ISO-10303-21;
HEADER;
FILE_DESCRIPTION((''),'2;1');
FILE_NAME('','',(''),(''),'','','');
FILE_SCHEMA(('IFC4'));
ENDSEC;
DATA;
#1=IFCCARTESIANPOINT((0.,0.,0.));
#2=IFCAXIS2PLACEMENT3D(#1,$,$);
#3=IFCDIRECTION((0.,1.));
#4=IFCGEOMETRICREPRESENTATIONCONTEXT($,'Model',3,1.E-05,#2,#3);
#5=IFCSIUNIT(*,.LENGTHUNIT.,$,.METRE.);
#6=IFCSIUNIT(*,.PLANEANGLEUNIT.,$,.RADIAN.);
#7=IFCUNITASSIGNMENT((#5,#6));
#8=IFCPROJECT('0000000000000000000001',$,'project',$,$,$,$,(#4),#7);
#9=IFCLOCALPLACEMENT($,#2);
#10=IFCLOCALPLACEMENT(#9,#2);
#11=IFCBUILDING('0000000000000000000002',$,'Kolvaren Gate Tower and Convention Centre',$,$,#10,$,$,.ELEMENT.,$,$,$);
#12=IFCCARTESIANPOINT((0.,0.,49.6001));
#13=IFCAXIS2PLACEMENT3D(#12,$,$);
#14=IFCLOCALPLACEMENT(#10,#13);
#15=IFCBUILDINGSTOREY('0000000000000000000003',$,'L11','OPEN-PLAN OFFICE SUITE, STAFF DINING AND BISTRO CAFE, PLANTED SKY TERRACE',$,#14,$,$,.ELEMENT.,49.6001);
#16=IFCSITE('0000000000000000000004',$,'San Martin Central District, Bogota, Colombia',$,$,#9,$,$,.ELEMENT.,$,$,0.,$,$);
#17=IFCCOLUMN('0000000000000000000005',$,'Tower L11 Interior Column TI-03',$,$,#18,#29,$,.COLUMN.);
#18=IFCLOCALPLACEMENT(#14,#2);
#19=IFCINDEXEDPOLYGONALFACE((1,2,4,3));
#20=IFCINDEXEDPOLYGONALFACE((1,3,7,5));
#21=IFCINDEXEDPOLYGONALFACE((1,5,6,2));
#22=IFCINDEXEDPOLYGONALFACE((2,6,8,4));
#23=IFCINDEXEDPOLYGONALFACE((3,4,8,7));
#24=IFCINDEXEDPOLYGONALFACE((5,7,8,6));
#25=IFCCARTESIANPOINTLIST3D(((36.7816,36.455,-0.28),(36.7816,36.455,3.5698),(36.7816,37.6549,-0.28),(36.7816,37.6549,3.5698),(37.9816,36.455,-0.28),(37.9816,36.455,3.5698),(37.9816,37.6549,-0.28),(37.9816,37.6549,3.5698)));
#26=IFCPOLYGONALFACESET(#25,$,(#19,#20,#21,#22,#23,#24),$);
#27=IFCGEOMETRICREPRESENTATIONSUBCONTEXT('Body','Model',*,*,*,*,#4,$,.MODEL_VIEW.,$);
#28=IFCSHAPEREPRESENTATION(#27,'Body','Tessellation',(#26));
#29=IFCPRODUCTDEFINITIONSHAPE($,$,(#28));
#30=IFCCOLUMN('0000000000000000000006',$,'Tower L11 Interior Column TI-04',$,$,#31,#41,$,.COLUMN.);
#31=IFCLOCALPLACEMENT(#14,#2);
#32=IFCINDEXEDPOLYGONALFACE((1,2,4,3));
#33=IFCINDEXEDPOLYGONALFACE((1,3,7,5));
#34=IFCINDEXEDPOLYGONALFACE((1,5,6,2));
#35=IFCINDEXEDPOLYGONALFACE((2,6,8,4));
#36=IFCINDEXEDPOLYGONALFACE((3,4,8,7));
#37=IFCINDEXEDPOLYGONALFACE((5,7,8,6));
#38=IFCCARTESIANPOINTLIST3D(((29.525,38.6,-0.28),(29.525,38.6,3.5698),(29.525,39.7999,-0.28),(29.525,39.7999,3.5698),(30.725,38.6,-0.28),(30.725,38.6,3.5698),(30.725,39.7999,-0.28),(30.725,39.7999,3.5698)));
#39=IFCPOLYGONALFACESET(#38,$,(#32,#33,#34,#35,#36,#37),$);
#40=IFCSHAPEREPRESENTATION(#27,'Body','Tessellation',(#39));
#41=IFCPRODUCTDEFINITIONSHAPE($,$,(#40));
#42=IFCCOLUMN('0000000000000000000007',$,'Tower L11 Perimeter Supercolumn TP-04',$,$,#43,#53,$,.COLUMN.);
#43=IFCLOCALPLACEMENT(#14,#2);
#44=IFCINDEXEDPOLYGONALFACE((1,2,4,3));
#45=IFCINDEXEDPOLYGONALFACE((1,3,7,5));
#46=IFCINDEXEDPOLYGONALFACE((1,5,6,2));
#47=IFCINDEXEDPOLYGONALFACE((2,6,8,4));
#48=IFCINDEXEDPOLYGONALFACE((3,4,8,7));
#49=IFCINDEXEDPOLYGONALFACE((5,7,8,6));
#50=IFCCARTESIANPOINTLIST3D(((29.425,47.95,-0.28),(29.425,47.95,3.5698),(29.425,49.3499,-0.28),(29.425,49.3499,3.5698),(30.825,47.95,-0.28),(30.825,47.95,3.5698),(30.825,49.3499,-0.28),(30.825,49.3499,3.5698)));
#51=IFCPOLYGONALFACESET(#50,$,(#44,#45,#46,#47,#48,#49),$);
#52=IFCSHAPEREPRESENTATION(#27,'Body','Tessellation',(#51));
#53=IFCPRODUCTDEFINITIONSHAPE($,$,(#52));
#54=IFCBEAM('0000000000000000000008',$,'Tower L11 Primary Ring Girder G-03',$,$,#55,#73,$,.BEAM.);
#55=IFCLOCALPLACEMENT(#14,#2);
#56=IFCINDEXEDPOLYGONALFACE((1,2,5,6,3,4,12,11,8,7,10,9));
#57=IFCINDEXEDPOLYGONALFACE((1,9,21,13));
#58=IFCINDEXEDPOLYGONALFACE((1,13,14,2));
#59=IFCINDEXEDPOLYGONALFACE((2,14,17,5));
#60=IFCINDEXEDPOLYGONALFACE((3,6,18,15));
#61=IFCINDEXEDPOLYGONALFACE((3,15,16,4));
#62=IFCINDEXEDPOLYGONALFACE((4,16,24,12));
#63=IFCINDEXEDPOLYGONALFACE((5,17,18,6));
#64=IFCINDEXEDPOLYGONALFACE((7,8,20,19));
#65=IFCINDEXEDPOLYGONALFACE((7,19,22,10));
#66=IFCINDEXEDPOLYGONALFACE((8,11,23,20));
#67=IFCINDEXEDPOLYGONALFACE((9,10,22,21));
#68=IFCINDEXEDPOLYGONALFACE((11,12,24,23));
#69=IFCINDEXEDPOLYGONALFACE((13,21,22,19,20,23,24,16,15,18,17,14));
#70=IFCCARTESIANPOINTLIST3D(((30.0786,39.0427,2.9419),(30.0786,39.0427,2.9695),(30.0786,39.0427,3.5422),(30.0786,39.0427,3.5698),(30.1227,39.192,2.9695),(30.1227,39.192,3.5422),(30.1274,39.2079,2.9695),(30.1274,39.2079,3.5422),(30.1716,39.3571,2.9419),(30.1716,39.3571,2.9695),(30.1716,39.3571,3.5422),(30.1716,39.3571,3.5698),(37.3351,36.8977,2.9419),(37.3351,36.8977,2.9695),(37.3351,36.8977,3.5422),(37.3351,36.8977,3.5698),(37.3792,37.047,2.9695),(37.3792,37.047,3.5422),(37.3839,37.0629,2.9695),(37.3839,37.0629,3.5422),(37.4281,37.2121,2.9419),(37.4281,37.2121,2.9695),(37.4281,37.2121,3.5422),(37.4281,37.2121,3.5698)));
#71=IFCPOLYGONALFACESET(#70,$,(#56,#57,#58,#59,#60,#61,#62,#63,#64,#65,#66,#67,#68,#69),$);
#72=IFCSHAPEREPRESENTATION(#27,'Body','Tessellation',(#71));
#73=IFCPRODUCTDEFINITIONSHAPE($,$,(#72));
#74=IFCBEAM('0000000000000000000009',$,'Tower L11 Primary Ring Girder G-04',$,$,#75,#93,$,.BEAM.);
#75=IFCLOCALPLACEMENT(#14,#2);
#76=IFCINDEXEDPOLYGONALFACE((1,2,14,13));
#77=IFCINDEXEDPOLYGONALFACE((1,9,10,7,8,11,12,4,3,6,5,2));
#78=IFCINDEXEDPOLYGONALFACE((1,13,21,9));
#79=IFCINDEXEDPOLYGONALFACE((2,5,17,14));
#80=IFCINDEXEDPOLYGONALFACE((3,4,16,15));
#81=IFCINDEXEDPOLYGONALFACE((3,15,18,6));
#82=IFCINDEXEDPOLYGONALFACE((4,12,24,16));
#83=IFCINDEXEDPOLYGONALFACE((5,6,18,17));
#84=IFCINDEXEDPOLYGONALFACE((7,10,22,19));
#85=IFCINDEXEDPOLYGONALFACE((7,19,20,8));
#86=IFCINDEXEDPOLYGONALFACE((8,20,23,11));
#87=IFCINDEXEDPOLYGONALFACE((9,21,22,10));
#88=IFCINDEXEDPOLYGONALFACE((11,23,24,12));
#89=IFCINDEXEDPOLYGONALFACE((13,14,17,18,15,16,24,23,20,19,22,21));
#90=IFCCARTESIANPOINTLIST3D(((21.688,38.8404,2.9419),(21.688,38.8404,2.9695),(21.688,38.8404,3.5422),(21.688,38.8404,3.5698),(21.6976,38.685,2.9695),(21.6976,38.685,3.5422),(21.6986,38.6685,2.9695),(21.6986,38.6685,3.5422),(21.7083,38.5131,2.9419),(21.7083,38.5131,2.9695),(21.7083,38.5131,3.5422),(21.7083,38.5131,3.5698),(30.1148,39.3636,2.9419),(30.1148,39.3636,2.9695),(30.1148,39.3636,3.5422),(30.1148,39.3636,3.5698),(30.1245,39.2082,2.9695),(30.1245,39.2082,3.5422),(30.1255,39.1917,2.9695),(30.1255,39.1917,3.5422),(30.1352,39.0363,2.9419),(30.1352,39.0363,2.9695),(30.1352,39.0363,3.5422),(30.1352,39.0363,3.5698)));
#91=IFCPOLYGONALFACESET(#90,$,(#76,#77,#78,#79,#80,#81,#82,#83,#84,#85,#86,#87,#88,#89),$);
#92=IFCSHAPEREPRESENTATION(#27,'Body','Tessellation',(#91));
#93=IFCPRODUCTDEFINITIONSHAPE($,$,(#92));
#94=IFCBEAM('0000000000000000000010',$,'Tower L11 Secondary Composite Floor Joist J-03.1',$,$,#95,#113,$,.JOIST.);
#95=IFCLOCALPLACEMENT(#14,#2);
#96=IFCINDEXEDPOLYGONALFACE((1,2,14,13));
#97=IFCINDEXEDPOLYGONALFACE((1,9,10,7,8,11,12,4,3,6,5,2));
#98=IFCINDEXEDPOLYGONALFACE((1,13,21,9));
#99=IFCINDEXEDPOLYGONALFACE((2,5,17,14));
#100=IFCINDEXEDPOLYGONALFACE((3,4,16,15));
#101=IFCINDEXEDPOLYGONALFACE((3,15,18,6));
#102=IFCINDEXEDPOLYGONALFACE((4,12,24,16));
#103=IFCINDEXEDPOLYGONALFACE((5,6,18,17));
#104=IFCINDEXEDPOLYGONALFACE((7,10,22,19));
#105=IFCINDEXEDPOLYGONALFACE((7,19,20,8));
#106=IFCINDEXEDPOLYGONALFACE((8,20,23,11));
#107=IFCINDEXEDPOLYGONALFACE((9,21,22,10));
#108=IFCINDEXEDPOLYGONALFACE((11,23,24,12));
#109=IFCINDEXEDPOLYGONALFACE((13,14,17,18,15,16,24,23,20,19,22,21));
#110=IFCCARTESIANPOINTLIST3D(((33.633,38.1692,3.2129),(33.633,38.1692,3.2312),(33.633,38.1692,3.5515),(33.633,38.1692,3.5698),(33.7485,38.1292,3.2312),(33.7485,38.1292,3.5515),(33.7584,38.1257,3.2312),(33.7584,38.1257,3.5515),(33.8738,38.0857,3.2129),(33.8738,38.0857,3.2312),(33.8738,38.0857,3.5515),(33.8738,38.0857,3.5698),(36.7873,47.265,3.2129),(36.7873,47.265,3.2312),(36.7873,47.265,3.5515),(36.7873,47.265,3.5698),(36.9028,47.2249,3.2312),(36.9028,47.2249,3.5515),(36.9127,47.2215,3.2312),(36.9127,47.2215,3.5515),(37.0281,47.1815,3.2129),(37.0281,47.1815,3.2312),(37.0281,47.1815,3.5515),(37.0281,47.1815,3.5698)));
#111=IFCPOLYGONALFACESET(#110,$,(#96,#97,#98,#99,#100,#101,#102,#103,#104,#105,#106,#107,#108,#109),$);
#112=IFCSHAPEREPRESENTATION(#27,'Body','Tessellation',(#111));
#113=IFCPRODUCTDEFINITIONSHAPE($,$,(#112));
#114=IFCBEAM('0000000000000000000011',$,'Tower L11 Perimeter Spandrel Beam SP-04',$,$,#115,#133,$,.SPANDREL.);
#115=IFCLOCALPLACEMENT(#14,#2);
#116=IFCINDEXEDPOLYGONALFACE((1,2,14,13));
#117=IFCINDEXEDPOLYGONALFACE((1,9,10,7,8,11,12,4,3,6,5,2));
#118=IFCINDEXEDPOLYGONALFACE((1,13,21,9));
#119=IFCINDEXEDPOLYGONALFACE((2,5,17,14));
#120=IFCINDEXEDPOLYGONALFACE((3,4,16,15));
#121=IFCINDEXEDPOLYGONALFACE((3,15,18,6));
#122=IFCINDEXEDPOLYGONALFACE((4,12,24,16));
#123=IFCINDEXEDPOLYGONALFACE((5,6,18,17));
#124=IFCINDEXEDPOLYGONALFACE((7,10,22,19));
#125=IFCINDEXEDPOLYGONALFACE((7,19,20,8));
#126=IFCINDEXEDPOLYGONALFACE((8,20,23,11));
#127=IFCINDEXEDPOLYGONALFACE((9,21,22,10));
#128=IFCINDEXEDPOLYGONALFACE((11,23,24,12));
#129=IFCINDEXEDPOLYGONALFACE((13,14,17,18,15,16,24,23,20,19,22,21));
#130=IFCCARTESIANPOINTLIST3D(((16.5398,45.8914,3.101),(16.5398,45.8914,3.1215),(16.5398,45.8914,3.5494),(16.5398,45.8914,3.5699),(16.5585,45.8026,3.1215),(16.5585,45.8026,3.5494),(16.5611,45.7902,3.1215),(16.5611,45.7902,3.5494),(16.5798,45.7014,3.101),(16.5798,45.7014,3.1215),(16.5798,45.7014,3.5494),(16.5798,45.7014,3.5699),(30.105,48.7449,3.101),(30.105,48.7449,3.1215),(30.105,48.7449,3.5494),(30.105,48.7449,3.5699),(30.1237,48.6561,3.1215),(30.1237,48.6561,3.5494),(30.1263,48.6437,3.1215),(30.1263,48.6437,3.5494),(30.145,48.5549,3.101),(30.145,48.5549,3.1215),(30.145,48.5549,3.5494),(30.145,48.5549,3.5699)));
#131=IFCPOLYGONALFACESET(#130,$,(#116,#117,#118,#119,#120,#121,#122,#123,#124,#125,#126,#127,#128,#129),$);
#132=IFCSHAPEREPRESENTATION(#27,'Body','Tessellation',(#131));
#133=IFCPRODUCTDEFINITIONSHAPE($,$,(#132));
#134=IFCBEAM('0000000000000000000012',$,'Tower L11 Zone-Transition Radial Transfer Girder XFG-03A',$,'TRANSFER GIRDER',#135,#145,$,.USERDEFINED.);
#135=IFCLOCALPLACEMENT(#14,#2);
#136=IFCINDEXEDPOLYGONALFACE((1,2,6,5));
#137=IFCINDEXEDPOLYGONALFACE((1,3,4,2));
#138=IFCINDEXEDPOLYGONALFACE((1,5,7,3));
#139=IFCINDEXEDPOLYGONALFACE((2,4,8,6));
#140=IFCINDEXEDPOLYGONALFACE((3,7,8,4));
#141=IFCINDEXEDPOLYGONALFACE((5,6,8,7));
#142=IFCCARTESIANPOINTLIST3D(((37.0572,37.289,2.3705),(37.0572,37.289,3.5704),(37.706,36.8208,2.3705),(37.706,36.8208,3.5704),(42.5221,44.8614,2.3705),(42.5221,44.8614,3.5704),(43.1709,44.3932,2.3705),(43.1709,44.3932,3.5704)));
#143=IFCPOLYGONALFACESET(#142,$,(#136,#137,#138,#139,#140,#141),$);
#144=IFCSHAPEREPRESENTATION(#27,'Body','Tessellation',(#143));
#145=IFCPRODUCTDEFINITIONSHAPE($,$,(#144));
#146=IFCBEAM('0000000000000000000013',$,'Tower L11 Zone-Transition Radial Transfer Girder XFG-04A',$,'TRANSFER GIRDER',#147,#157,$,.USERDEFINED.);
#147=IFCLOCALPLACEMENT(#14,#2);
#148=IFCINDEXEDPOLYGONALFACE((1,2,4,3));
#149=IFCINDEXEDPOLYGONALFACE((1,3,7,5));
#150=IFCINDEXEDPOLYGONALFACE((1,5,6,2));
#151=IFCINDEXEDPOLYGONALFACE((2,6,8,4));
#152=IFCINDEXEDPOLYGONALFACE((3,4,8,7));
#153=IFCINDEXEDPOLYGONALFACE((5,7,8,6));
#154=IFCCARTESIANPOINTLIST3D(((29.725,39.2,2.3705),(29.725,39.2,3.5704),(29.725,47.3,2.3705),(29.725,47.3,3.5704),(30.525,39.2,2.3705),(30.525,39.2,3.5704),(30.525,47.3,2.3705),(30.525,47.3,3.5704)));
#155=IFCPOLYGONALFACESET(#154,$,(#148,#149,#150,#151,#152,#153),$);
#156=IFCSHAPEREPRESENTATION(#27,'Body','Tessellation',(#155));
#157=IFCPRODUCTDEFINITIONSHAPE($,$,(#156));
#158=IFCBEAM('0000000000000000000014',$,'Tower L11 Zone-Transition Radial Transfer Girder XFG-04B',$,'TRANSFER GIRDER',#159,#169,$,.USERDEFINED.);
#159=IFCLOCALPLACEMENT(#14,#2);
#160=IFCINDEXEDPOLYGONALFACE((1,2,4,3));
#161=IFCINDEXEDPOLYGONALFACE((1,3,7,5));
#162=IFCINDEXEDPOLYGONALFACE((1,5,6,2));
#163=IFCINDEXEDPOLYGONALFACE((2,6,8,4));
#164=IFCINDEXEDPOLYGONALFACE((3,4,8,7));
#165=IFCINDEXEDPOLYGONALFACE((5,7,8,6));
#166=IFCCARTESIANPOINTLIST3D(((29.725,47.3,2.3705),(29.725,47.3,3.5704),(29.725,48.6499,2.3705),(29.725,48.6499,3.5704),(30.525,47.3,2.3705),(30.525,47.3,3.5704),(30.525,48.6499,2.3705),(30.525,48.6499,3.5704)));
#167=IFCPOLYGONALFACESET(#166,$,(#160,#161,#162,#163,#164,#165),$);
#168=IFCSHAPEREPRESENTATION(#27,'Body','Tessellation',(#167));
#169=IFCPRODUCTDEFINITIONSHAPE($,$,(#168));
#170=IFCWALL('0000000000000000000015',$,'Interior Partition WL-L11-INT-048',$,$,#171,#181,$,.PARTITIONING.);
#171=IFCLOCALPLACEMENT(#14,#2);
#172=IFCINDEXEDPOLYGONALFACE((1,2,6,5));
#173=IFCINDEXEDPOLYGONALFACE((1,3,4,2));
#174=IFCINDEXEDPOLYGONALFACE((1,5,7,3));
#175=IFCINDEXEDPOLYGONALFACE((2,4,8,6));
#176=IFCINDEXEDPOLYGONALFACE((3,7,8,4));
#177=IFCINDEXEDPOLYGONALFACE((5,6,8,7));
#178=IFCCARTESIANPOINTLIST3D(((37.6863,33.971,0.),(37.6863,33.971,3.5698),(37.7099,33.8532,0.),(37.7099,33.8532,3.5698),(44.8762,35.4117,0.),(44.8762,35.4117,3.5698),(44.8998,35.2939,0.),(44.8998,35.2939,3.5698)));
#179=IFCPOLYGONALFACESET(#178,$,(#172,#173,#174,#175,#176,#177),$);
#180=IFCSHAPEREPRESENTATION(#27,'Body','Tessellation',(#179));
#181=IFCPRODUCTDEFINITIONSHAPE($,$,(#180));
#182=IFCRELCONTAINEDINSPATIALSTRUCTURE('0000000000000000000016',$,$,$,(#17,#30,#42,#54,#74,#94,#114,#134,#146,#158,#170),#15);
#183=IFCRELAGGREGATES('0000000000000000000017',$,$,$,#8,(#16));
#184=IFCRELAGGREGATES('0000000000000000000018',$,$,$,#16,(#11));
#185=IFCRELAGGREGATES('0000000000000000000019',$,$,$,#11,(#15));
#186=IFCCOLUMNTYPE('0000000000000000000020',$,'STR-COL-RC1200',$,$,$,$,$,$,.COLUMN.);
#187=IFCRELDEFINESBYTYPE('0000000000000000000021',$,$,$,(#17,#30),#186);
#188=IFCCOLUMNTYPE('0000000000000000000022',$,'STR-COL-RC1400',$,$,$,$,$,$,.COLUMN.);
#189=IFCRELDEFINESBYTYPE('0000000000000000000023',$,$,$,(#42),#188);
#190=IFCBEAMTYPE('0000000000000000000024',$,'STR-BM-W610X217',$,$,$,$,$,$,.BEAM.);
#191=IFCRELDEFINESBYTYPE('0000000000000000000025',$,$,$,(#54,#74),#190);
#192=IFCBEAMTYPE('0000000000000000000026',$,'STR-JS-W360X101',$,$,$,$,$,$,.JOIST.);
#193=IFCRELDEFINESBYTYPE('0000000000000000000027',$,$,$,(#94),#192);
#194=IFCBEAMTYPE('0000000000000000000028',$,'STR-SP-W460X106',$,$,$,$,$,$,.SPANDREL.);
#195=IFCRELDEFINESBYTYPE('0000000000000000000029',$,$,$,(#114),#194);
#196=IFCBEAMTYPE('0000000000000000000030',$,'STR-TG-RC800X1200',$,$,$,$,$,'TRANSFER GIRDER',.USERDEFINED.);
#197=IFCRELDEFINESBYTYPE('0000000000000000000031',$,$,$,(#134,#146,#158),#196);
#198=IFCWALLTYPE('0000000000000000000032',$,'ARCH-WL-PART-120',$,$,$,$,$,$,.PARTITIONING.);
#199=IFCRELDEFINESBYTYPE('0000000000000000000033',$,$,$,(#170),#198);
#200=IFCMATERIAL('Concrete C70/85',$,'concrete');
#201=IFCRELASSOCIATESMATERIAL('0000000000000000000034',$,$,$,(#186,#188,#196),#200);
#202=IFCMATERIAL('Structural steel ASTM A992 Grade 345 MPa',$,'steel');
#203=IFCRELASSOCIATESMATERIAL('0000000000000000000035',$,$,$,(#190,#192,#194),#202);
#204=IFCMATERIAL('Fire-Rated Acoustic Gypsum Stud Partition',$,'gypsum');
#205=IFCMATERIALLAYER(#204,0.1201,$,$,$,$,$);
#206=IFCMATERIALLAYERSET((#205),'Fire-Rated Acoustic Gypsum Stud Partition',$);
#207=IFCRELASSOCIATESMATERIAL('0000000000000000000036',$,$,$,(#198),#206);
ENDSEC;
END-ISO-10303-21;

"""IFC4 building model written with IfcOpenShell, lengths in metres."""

from ifc_helpers import new_model, si_unit, direction, frame, frame_2d, origin, origin_2d, place, context, subcontext, project, spatial, rectangle, i_section, extrude, material, layer, layer_set, material_profile, profile_set, type_object, element, save


model = new_model("IFC4")

# Units and contexts
model_context = context("Model", 3, precision=1e-05, world=origin(), true_north=direction((0.0, 1.0)))
body_context = subcontext(model_context, "Body", "Model", "MODEL_VIEW")
ifc_project = project(units=[si_unit("LENGTHUNIT", "METRE"), si_unit("PLANEANGLEUNIT", "RADIAN")], contexts=[model_context])

# Site, building, storey
site_placement = place(None, origin())
site = spatial("IfcSite", under=ifc_project, at=site_placement, Name="San Martin Central District, Bogota, Colombia", CompositionType="ELEMENT", RefElevation=0.0)
building_placement = place(site_placement, origin())
building = spatial("IfcBuilding", under=site, at=building_placement, Name="Kolvaren Gate Tower and Convention Centre", CompositionType="ELEMENT")
storey_placement = place(building_placement, frame((0.0, 0.0, 49.6001)))
storey = spatial("IfcBuildingStorey", under=building, at=storey_placement, Name="L11", Description="OPEN-PLAN OFFICE SUITE, STAFF DINING AND BISTRO CAFE, PLANTED SKY TERRACE", CompositionType="ELEMENT", Elevation=49.6001)

# Columns
ifc_material_1 = material(Name="Concrete C70/85", Category="concrete")
ifc_material_profile_1 = material_profile(ifc_material_1, rectangle(XDim=1.2, YDim=1.2, at=origin_2d()), Name="RC-COL-1200X1200")
ifc_profile_set_1 = profile_set([ifc_material_profile_1], Name="Concrete C70/85")
column_type_1 = type_object("IfcColumnType", Name="STR-COL-RC1200", PredefinedType="COLUMN", material=ifc_profile_set_1)
for number, where, z_axis, x_axis, name in (
    (1, (37.3816, 37.0549, -0.28), (0.0, 0.0, 1.0), (1.0, 0.0, 0.0), "Tower L11 Interior Column TI-03"),
    (2, (30.125, 39.2, -0.28), (0.0, 0.0, 1.0), (1.0, 0.0, 0.0), "Tower L11 Interior Column TI-04"),
):
    element("IfcColumn", number, at=place(storey_placement, frame(where, z_axis=z_axis, x_axis=x_axis)), inside=storey, type_object=column_type_1, Name=name, PredefinedType="COLUMN", context=body_context, shape_type="SweptSolid", body=[
        extrude(rectangle(XDim=1.2, YDim=1.2, at=origin_2d()), origin(), (0.0, 0.0, 1.0), 3.8499),
    ])
ifc_material_profile_2 = material_profile(ifc_material_1, rectangle(XDim=1.3999, YDim=1.3999, at=origin_2d()), Name="RC-COL-1400X1400")
ifc_profile_set_2 = profile_set([ifc_material_profile_2], Name="Concrete C70/85")
column_type_2 = type_object("IfcColumnType", Name="STR-COL-RC1400", PredefinedType="COLUMN", material=ifc_profile_set_2)
column_placement = place(storey_placement, frame((30.125, 48.6499, -0.28), z_axis=(0.0, 0.0, 1.0), x_axis=(1.0, 0.0, 0.0)))
element("IfcColumn", 3, at=column_placement, inside=storey, type_object=column_type_2, Name="Tower L11 Perimeter Supercolumn TP-04", PredefinedType="COLUMN", context=body_context, shape_type="SweptSolid", body=[
    extrude(rectangle(XDim=1.3999, YDim=1.3999, at=origin_2d()), origin(), (0.0, 0.0, 1.0), 3.8499),
])

# Beams
ifc_material_2 = material(Name="Structural steel ASTM A992 Grade 345 MPa", Category="steel")
ifc_material_profile_3 = material_profile(ifc_material_2, i_section(OverallWidth=0.3279, OverallDepth=0.6279, WebThickness=0.0166, FlangeThickness=0.0276, at=origin_2d()), Name="W610X217")
ifc_profile_set_3 = profile_set([ifc_material_profile_3], Name="Structural steel ASTM A992 Grade 345 MPa")
beam_type_1 = type_object("IfcBeamType", Name="STR-BM-W610X217", PredefinedType="BEAM", material=ifc_profile_set_3)
beam_1_placement = place(storey_placement, frame((37.3816, 37.0549, 3.2559), z_axis=(-0.958981, 0.283471, 0.0), x_axis=(-0.283471, -0.958981, 0.0)))
element("IfcBeam", 4, at=beam_1_placement, inside=storey, type_object=beam_type_1, Name="Tower L11 Primary Ring Girder G-03", PredefinedType="BEAM", context=body_context, shape_type="SweptSolid", body=[
    extrude(i_section(OverallWidth=0.3279, OverallDepth=0.6279, WebThickness=0.0166, FlangeThickness=0.0276, at=origin_2d()), origin(), (0.0, 0.0, 1.0), 7.5669),
])
beam_2_placement = place(storey_placement, frame((30.125, 39.2, 3.2559), z_axis=(-0.998078, -0.061966, 0.0), x_axis=(0.061966, -0.998078, 0.0)))
element("IfcBeam", 5, at=beam_2_placement, inside=storey, type_object=beam_type_1, Name="Tower L11 Primary Ring Girder G-04", PredefinedType="BEAM", context=body_context, shape_type="SweptSolid", body=[
    extrude(i_section(OverallWidth=0.3279, OverallDepth=0.6279, WebThickness=0.0166, FlangeThickness=0.0276, at=origin_2d()), origin(), (0.0, 0.0, 1.0), 8.4431),
])
ifc_material_profile_4 = material_profile(ifc_material_2, i_section(OverallWidth=0.2549, OverallDepth=0.3569, WebThickness=0.0105, FlangeThickness=0.0183, at=origin_2d()), Name="W360X101")
ifc_profile_set_4 = profile_set([ifc_material_profile_4], Name="Structural steel ASTM A992 Grade 345 MPa")
beam_type_2 = type_object("IfcBeamType", Name="STR-JS-W360X101", PredefinedType="JOIST", material=ifc_profile_set_4)
beam_3_placement = place(storey_placement, frame((33.7534, 38.1274, 3.3914), z_axis=(0.327647, 0.9448, 0.0), x_axis=(-0.9448, 0.327647, 0.0)))
element("IfcBeam", 6, at=beam_3_placement, inside=storey, type_object=beam_type_2, Name="Tower L11 Secondary Composite Floor Joist J-03.1", PredefinedType="JOIST", context=body_context, shape_type="SweptSolid", body=[
    extrude(i_section(OverallWidth=0.2549, OverallDepth=0.3569, WebThickness=0.0105, FlangeThickness=0.0183, at=origin_2d()), origin(), (0.0, 0.0, 1.0), 9.6272),
])
ifc_material_profile_5 = material_profile(ifc_material_2, i_section(OverallWidth=0.1941, OverallDepth=0.469, WebThickness=0.0127, FlangeThickness=0.0205, at=origin_2d()), Name="W460X106")
ifc_profile_set_5 = profile_set([ifc_material_profile_5], Name="Structural steel ASTM A992 Grade 345 MPa")
beam_type_3 = type_object("IfcBeamType", Name="STR-SP-W460X106", PredefinedType="SPANDREL", material=ifc_profile_set_5)
beam_4_placement = place(storey_placement, frame((30.125, 48.6499, 3.3354), z_axis=(-0.978583, -0.205851, 0.0), x_axis=(0.205851, -0.978583, 0.0)))
element("IfcBeam", 7, at=beam_4_placement, inside=storey, type_object=beam_type_3, Name="Tower L11 Perimeter Spandrel Beam SP-04", PredefinedType="SPANDREL", context=body_context, shape_type="SweptSolid", body=[
    extrude(i_section(OverallWidth=0.1941, OverallDepth=0.469, WebThickness=0.0127, FlangeThickness=0.0205, at=origin_2d()), origin(), (0.0, 0.0, 1.0), 13.8621),
])
ifc_material_profile_6 = material_profile(ifc_material_1, rectangle(XDim=0.8, YDim=1.2, at=origin_2d()), Name="RC-BM-800X1200")
ifc_profile_set_6 = profile_set([ifc_material_profile_6], Name="Concrete C70/85")
beam_type_4 = type_object("IfcBeamType", Name="STR-TG-RC800X1200", ElementType="TRANSFER GIRDER", PredefinedType="USERDEFINED", material=ifc_profile_set_6)
beam_5_placement = place(storey_placement, frame((37.3816, 37.0549, 2.9705), z_axis=(0.585208, 0.810883, 0.0), x_axis=(-0.810883, 0.585208, 0.0)))
element("IfcBeam", 8, at=beam_5_placement, inside=storey, type_object=beam_type_4, Name="Tower L11 Zone-Transition Radial Transfer Girder XFG-03A", ObjectType="TRANSFER GIRDER", PredefinedType="USERDEFINED", context=body_context, shape_type="SweptSolid", body=[
    extrude(rectangle(XDim=0.8, YDim=1.2, at=origin_2d()), origin(), (0.0, 0.0, 1.0), 9.3384),
])
beam_6_placement = place(storey_placement, frame((30.125, 39.2, 2.9705), z_axis=(0.0, 1.0, 0.0), x_axis=(-1.0, 0.0, 0.0)))
element("IfcBeam", 9, at=beam_6_placement, inside=storey, type_object=beam_type_4, Name="Tower L11 Zone-Transition Radial Transfer Girder XFG-04A", ObjectType="TRANSFER GIRDER", PredefinedType="USERDEFINED", context=body_context, shape_type="SweptSolid", body=[
    extrude(rectangle(XDim=0.8, YDim=1.2, at=origin_2d()), origin(), (0.0, 0.0, 1.0), 8.1001),
])
beam_7_placement = place(storey_placement, frame((30.125, 47.3, 2.9705), z_axis=(0.0, 1.0, 0.0), x_axis=(-1.0, 0.0, 0.0)))
element("IfcBeam", 10, at=beam_7_placement, inside=storey, type_object=beam_type_4, Name="Tower L11 Zone-Transition Radial Transfer Girder XFG-04B", ObjectType="TRANSFER GIRDER", PredefinedType="USERDEFINED", context=body_context, shape_type="SweptSolid", body=[
    extrude(rectangle(XDim=0.8, YDim=1.2, at=origin_2d()), origin(), (0.0, 0.0, 1.0), 1.3499),
])

# Wall
ifc_material_3 = material(Name="Fire-Rated Acoustic Gypsum Stud Partition", Category="gypsum")
ifc_layer_1 = layer(ifc_material_3, 0.1201)
ifc_layer_set_1 = layer_set([ifc_layer_1], Name="Fire-Rated Acoustic Gypsum Stud Partition")
wall_type_1 = type_object("IfcWallType", Name="ARCH-WL-PART-120", PredefinedType="PARTITIONING", material=ifc_layer_set_1)
wall_1_placement = place(storey_placement, frame((37.698, 33.9121, 0.0), z_axis=(0.0, 0.0, 1.0), x_axis=(0.98051, 0.196468, 0.0)))
element("IfcWall", 11, at=wall_1_placement, inside=storey, type_object=wall_type_1, Name="Interior Partition WL-L11-INT-048", PredefinedType="PARTITIONING", context=body_context, shape_type="SweptSolid", body=[
    extrude(rectangle(XDim=7.3328, YDim=0.1201, at=frame_2d((3.6665, 0.0))), origin(), (0.0, 0.0, 1.0), 3.5698),
])

save(model, "model.ifc")
